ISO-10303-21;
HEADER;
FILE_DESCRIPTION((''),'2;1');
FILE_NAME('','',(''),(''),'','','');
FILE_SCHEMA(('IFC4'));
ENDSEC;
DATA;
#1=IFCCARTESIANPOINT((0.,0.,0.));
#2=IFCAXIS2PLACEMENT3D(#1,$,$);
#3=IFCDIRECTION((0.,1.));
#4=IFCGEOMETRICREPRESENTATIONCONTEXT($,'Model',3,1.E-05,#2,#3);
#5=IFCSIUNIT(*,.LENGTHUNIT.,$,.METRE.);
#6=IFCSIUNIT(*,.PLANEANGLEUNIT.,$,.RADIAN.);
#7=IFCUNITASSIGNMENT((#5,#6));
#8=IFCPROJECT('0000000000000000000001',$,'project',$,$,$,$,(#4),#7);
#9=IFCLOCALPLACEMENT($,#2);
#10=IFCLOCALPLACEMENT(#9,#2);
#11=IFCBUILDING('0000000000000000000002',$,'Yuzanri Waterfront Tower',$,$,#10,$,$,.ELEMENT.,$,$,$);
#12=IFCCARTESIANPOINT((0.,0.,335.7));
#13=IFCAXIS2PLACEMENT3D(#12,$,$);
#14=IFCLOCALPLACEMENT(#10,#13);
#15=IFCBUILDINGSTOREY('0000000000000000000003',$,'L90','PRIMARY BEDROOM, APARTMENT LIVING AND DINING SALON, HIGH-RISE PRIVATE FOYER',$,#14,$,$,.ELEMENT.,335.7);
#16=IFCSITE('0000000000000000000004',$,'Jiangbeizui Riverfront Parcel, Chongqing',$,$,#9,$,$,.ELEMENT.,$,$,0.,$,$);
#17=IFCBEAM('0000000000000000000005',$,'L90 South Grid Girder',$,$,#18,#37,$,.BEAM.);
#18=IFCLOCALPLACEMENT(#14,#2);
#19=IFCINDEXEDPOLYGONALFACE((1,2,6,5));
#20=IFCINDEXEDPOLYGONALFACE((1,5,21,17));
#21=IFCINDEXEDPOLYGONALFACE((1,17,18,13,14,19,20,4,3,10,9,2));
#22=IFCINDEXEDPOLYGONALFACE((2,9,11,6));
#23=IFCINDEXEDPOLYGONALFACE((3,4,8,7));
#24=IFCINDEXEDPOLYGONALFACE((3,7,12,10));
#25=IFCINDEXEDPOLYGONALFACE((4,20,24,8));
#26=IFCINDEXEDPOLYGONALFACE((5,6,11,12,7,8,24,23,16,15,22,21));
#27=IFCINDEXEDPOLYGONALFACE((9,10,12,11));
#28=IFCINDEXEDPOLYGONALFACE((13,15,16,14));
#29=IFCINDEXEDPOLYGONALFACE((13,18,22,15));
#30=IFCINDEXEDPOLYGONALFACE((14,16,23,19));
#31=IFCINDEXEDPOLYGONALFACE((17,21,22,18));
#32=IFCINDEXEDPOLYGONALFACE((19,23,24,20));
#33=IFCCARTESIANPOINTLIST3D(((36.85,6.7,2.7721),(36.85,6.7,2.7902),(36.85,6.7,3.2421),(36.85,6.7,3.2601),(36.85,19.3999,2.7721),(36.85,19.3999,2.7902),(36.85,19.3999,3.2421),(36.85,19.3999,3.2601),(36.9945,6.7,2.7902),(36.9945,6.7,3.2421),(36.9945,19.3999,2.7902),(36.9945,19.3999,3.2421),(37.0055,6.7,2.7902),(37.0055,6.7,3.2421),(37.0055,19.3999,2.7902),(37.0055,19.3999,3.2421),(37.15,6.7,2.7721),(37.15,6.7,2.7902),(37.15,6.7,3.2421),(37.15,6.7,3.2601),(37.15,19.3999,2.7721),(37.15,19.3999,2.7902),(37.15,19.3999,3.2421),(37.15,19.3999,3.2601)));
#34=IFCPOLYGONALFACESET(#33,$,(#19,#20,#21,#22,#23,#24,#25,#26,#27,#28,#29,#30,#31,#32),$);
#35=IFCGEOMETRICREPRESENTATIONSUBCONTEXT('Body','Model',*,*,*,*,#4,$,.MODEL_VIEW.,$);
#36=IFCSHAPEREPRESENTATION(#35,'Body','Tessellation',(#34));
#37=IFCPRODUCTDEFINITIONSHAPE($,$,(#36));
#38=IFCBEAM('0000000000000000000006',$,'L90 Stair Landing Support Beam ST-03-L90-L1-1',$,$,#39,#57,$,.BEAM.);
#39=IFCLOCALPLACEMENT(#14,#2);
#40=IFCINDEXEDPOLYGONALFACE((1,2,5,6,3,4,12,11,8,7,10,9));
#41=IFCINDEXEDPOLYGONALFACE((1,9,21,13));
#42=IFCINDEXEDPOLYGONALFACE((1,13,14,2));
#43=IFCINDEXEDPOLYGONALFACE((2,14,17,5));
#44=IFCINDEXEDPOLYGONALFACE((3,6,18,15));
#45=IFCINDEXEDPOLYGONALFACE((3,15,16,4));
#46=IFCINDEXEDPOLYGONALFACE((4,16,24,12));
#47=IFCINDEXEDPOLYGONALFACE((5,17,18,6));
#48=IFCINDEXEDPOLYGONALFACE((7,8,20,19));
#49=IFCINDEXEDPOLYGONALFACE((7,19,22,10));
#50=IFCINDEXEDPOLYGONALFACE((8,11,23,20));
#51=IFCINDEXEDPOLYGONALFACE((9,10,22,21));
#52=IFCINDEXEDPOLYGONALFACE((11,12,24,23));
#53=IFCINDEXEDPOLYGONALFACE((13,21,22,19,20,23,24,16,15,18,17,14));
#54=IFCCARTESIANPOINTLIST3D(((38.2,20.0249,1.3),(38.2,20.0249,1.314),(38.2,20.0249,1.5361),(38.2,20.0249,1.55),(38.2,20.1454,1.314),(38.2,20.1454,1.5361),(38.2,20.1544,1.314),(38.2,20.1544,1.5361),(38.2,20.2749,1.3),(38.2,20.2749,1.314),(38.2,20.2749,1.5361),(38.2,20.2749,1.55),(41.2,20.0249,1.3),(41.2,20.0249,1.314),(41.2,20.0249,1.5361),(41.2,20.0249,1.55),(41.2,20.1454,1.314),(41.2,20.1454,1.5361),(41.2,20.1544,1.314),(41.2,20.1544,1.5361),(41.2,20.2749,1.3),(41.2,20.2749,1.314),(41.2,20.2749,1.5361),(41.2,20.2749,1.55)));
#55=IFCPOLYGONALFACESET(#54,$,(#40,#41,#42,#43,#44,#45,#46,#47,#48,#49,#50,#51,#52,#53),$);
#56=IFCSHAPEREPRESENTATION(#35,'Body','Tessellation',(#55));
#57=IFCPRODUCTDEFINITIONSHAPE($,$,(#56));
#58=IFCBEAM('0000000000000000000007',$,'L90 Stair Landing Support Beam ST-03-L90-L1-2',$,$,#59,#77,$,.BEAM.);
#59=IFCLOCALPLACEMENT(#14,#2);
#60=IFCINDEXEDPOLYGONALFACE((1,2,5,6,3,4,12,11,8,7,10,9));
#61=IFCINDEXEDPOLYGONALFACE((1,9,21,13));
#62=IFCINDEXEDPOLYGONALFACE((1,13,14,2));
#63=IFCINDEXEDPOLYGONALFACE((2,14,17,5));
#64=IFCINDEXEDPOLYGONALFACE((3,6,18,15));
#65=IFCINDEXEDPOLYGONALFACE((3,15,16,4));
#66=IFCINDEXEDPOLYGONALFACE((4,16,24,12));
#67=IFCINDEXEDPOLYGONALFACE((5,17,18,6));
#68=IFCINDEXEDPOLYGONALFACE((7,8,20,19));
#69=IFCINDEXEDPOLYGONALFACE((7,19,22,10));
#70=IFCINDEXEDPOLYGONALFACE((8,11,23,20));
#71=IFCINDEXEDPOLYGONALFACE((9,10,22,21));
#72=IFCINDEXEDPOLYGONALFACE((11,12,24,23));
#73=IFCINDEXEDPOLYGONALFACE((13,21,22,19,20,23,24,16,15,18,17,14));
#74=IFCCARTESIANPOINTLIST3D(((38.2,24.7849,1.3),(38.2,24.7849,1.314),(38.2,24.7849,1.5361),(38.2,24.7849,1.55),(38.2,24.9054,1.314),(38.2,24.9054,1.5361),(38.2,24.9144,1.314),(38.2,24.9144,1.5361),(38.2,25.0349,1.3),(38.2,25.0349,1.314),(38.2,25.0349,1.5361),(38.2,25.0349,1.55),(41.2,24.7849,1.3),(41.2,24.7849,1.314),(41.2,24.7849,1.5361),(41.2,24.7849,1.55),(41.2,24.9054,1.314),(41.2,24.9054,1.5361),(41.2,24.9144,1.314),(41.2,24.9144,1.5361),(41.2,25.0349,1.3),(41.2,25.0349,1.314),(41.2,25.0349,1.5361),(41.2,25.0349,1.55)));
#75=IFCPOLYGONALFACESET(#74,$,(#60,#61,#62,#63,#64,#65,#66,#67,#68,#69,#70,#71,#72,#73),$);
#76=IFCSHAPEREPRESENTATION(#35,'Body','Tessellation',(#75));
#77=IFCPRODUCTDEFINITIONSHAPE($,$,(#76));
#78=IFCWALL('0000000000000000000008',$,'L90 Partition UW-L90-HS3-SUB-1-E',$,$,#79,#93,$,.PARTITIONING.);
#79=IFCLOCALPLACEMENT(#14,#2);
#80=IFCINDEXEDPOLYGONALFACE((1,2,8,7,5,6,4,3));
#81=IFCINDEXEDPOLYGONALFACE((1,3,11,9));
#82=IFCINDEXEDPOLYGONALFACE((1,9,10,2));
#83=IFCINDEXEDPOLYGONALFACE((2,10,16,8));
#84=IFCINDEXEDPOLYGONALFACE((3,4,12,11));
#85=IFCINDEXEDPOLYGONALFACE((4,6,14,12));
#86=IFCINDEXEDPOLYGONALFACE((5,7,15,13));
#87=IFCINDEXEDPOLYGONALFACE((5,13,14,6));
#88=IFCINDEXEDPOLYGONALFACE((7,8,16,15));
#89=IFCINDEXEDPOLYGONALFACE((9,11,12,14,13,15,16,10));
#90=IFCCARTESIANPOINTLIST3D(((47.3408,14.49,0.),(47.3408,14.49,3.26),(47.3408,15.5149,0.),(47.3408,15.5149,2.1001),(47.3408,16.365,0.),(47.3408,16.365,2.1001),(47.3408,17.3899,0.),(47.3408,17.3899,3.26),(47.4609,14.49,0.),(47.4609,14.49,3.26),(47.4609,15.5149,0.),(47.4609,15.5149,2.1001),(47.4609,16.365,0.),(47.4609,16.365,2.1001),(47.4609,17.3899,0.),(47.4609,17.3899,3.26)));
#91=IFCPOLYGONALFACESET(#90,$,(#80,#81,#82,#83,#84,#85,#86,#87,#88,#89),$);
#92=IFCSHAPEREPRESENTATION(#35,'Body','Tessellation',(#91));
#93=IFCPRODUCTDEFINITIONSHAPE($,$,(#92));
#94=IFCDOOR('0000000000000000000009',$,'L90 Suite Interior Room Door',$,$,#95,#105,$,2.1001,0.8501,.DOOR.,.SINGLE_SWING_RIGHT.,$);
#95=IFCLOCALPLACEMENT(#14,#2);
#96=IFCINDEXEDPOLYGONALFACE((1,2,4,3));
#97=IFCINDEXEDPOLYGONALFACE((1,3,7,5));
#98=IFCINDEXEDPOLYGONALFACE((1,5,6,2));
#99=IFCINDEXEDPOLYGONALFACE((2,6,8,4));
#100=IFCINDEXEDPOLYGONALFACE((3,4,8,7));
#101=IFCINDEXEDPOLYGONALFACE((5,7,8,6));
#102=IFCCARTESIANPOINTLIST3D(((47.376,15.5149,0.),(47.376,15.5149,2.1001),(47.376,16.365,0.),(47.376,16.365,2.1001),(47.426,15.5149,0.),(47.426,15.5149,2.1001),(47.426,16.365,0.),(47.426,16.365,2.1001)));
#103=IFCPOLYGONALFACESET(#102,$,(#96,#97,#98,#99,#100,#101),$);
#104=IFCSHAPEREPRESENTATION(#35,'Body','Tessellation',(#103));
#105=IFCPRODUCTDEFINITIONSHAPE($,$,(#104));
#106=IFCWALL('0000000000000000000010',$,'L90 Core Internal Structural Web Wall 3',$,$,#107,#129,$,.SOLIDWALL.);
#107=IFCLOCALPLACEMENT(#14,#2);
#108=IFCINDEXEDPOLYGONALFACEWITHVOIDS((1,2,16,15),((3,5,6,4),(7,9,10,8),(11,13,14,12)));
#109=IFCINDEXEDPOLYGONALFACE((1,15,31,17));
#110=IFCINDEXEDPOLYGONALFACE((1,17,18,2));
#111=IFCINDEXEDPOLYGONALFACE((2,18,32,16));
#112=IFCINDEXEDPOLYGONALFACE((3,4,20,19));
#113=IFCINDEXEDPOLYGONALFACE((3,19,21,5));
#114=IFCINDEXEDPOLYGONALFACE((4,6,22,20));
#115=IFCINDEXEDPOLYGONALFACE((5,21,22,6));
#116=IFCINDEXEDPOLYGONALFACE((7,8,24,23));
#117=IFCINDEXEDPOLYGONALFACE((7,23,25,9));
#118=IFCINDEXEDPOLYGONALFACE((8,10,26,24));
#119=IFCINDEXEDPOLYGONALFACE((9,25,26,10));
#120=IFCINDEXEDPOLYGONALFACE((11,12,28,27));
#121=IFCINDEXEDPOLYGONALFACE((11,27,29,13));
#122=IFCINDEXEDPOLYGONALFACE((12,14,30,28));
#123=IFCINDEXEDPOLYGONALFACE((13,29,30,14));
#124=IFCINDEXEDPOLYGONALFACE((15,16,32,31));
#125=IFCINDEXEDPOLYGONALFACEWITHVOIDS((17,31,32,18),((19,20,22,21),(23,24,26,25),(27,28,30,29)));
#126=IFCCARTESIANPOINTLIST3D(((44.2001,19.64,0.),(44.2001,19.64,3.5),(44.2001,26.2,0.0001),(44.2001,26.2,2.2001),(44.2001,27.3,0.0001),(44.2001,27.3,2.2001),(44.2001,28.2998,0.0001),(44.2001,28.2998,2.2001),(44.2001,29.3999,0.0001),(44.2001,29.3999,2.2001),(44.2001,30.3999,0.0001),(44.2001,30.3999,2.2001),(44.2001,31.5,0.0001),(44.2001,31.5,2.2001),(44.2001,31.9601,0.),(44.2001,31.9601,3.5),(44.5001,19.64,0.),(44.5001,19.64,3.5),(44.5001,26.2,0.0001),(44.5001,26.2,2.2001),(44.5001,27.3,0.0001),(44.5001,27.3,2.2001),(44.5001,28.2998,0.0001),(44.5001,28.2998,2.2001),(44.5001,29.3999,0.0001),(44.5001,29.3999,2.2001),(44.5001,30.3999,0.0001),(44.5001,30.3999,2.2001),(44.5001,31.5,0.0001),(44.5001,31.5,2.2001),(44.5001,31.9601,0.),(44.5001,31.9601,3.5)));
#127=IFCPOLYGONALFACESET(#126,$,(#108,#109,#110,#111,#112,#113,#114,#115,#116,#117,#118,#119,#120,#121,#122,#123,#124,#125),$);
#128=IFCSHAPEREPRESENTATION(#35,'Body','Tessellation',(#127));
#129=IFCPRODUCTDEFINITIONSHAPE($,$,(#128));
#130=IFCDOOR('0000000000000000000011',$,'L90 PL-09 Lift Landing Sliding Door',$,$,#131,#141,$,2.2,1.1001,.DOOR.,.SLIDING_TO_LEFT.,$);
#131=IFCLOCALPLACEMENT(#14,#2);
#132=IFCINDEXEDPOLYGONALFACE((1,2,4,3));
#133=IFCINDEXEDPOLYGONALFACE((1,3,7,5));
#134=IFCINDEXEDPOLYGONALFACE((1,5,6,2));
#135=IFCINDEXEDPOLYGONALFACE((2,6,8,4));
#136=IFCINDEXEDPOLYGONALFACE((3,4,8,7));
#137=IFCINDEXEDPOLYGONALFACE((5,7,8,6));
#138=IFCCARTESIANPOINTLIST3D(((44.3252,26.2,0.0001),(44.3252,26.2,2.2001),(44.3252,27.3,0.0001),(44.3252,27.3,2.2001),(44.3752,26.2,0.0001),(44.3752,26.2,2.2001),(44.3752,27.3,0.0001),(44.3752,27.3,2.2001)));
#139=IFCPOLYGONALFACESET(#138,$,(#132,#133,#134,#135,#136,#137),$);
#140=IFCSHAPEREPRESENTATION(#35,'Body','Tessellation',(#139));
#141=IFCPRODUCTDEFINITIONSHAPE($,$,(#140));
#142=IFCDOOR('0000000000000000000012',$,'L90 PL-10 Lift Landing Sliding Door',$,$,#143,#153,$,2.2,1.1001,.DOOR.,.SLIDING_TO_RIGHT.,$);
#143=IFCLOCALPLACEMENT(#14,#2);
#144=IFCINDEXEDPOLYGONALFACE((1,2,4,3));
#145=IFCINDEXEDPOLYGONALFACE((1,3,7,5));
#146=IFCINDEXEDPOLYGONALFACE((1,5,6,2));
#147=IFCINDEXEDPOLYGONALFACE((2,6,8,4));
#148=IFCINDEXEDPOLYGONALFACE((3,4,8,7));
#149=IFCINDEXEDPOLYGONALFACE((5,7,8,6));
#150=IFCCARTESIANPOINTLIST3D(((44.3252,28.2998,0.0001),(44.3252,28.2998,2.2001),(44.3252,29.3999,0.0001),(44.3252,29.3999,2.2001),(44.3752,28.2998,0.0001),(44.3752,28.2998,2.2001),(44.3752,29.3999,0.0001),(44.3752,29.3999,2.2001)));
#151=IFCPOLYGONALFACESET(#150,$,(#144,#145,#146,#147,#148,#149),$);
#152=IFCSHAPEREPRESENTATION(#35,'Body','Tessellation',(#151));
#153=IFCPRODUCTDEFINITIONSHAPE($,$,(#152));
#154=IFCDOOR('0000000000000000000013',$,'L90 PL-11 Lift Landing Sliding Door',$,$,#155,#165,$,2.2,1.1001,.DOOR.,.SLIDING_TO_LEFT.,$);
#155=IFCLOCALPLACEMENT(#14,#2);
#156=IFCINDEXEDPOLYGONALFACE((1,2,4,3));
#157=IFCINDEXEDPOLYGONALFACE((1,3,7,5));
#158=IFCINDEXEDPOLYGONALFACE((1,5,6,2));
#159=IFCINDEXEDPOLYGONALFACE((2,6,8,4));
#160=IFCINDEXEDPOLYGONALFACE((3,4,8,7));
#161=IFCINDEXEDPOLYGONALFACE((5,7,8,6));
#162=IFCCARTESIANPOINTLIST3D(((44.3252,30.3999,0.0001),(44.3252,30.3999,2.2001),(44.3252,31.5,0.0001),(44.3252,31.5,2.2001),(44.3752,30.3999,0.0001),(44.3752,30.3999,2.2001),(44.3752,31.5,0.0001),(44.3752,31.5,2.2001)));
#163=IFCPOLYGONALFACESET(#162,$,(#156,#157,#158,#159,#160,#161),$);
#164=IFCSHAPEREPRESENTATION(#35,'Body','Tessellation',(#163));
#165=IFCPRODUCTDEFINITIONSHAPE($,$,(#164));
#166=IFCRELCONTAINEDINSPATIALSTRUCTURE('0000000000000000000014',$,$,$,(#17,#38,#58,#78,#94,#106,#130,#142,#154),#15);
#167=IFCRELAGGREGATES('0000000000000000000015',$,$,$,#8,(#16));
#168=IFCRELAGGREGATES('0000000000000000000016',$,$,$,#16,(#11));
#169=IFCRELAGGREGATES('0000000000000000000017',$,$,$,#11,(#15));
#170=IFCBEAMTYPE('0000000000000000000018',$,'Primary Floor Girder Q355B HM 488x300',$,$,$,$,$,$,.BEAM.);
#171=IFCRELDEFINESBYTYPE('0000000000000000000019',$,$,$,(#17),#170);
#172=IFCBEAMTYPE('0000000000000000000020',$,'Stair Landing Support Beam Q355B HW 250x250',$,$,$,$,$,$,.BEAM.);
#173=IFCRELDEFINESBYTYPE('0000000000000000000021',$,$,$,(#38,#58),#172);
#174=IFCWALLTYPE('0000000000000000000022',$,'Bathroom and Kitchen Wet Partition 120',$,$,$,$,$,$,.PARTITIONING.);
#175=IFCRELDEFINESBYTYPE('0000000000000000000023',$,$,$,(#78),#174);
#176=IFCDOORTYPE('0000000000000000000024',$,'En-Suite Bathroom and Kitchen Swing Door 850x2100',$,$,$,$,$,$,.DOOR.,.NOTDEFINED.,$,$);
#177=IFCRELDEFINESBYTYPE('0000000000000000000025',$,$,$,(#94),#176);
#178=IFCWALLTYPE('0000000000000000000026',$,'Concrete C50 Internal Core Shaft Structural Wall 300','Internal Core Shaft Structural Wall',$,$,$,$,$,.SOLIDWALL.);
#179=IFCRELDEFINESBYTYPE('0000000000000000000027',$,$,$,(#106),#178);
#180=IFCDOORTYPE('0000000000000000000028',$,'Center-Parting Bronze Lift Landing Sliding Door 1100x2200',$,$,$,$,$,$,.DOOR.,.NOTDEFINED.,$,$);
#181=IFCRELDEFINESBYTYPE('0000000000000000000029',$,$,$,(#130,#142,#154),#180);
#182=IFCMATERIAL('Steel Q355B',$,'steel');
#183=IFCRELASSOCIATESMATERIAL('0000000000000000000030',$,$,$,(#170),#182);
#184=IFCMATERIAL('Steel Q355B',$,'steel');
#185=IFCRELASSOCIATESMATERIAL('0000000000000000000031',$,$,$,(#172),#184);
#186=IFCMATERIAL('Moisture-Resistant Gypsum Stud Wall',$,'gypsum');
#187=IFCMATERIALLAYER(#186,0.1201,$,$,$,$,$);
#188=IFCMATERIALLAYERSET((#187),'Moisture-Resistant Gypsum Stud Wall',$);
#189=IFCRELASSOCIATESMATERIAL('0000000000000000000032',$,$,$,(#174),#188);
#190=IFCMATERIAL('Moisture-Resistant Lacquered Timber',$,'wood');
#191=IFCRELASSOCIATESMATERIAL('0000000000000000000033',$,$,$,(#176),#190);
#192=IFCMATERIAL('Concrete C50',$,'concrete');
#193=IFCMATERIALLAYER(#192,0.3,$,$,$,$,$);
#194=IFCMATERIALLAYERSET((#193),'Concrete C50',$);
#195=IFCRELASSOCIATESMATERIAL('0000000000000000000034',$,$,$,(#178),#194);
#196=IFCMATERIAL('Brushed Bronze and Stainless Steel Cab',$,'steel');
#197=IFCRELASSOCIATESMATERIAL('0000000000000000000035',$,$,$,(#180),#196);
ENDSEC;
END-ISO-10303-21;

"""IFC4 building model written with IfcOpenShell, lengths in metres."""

from ifc_helpers import new_model, si_unit, direction, frame, frame_2d, origin, origin_2d, place, context, subcontext, project, spatial, rectangle, i_section, extrude, source, transform, mapped, material, layer, layer_set, material_profile, profile_set, type_object, element, fill, save


model = new_model("IFC4")

# Units and contexts
model_context = context("Model", 3, precision=1e-05, world=origin(), true_north=direction((0.0, 1.0)))
body_context = subcontext(model_context, "Body", "Model", "MODEL_VIEW")
ifc_project = project(units=[si_unit("LENGTHUNIT", "METRE"), si_unit("PLANEANGLEUNIT", "RADIAN")], contexts=[model_context])

# Site, building, storey
site_placement = place(None, origin())
site = spatial("IfcSite", under=ifc_project, at=site_placement, Name="Jiangbeizui Riverfront Parcel, Chongqing", CompositionType="ELEMENT", RefElevation=0.0)
building_placement = place(site_placement, origin())
building = spatial("IfcBuilding", under=site, at=building_placement, Name="Yuzanri Waterfront Tower", CompositionType="ELEMENT")
storey_placement = place(building_placement, frame((0.0, 0.0, 335.7)))
storey = spatial("IfcBuildingStorey", under=building, at=storey_placement, Name="L90", Description="PRIMARY BEDROOM, APARTMENT LIVING AND DINING SALON, HIGH-RISE PRIVATE FOYER", CompositionType="ELEMENT", Elevation=335.7)

# Beams
ifc_material_1 = material(Name="Steel Q355B", Category="steel")
ifc_material_profile_1 = material_profile(ifc_material_1, i_section(OverallWidth=0.3, OverallDepth=0.488, WebThickness=0.011, FlangeThickness=0.0181, at=origin_2d()), Name="HM 488x300x11x18")
ifc_profile_set_1 = profile_set([ifc_material_profile_1], Name="Steel Q355B")
beam_type_1 = type_object("IfcBeamType", Name="Primary Floor Girder Q355B HM 488x300", PredefinedType="BEAM", material=ifc_profile_set_1)
shared_shape_1 = source(origin(), body_context, "Body", "SweptSolid", [
    extrude(i_section(OverallWidth=0.3, OverallDepth=0.488, WebThickness=0.011, FlangeThickness=0.0181, at=origin_2d()), origin(), (0.0, 0.0, 1.0), 12.7),
])
beam_placement = place(storey_placement, frame((37.0, 19.3999, 3.0161), z_axis=(0.0, -1.0, 0.0), x_axis=(1.0, 0.0, 0.0)))
element("IfcBeam", 1, at=beam_placement, inside=storey, type_object=beam_type_1, Name="L90 South Grid Girder", PredefinedType="BEAM", context=body_context, shape_type="MappedRepresentation", body=[
    mapped(shared_shape_1, transform((0.0, 0.0, 0.0), scale=1.0)),
])
ifc_material_2 = material(Name="Steel Q355B", Category="steel")
ifc_material_profile_2 = material_profile(ifc_material_2, i_section(OverallWidth=0.25, OverallDepth=0.25, WebThickness=0.009, FlangeThickness=0.0139, at=origin_2d()), Name="HW 250x250x9x14")
ifc_profile_set_2 = profile_set([ifc_material_profile_2], Name="Steel Q355B")
beam_type_2 = type_object("IfcBeamType", Name="Stair Landing Support Beam Q355B HW 250x250", PredefinedType="BEAM", material=ifc_profile_set_2)
shared_shape_2 = source(origin(), body_context, "Body", "SweptSolid", [
    extrude(i_section(OverallWidth=0.25, OverallDepth=0.25, WebThickness=0.009, FlangeThickness=0.0139, at=origin_2d()), origin(), (0.0, 0.0, 1.0), 3.0),
])
for number, where, z_axis, x_axis, name in (
    (2, (38.2, 20.1499, 1.425), (1.0, 0.0, 0.0), (0.0, 1.0, 0.0), "L90 Stair Landing Support Beam ST-03-L90-L1-1"),
    (3, (38.2, 24.9099, 1.425), (1.0, 0.0, 0.0), (0.0, 1.0, 0.0), "L90 Stair Landing Support Beam ST-03-L90-L1-2"),
):
    element("IfcBeam", number, at=place(storey_placement, frame(where, z_axis=z_axis, x_axis=x_axis)), inside=storey, type_object=beam_type_2, Name=name, PredefinedType="BEAM", context=body_context, shape_type="MappedRepresentation", body=[
        mapped(shared_shape_2, transform((0.0, 0.0, 0.0), scale=1.0)),
    ])

# Wall, opening, door
ifc_material_3 = material(Name="Moisture-Resistant Gypsum Stud Wall", Category="gypsum")
ifc_layer_1 = layer(ifc_material_3, 0.1201)
ifc_layer_set_1 = layer_set([ifc_layer_1], Name="Moisture-Resistant Gypsum Stud Wall")
wall_type_1 = type_object("IfcWallType", Name="Bathroom and Kitchen Wet Partition 120", PredefinedType="PARTITIONING", material=ifc_layer_set_1)
wall_1_placement = place(storey_placement, frame((47.4009, 14.49, 0.0), z_axis=(0.0, 0.0, 1.0), x_axis=(0.0, 1.0, 0.0)))
wall_1 = element("IfcWall", 4, at=wall_1_placement, inside=storey, type_object=wall_type_1, Name="L90 Partition UW-L90-HS3-SUB-1-E", PredefinedType="PARTITIONING", context=body_context, shape_type="SweptSolid", body=[
    extrude(rectangle(XDim=2.8999, YDim=0.1201, at=frame_2d((1.45, 0.0))), origin(), (0.0, 0.0, 1.0), 3.26),
])
opening_1_placement = place(wall_1_placement, frame((1.0249, 0.0, 0.0)))
opening_1 = element("IfcOpeningElement", 5, at=opening_1_placement, cuts=wall_1, PredefinedType="OPENING", context=body_context, shape_type="SweptSolid", body=[
    extrude(rectangle(XDim=0.8501, YDim=2.1001, at=frame_2d((0.425, 1.05))), frame((0.0, 0.075, 0.0), z_axis=(0.0, -1.0, 0.0), x_axis=(1.0, 0.0, 0.0)), (0.0, 0.0, 1.0), 0.1499),
])
ifc_material_4 = material(Name="Moisture-Resistant Lacquered Timber", Category="wood")
door_type_1 = type_object("IfcDoorType", Name="En-Suite Bathroom and Kitchen Swing Door 850x2100", OperationType="NOTDEFINED", PredefinedType="DOOR", material=ifc_material_4)
shared_shape_3 = source(origin(), body_context, "Body", "SweptSolid", [
    extrude(rectangle(XDim=0.8501, YDim=2.1001, at=frame_2d((0.425, 1.05))), frame((0.0, 0.0249, 0.0), z_axis=(0.0, -1.0, 0.0), x_axis=(1.0, 0.0, 0.0)), (0.0, 0.0, 1.0), 0.05),
])
door_1_placement = place(opening_1_placement, origin())
door_1 = element("IfcDoor", 6, at=door_1_placement, inside=storey, type_object=door_type_1, Name="L90 Suite Interior Room Door", OperationType="SINGLE_SWING_RIGHT", OverallHeight=2.1001, OverallWidth=0.8501, PredefinedType="DOOR", context=body_context, shape_type="MappedRepresentation", body=[
    mapped(shared_shape_3, transform((0.0, 0.0, 0.0), scale=1.0)),
])
fill(opening_1, door_1)

# Wall, openings, doors
ifc_material_5 = material(Name="Concrete C50", Category="concrete")
ifc_layer_2 = layer(ifc_material_5, 0.3)
ifc_layer_set_2 = layer_set([ifc_layer_2], Name="Concrete C50")
wall_type_2 = type_object("IfcWallType", Name="Concrete C50 Internal Core Shaft Structural Wall 300", Description="Internal Core Shaft Structural Wall", PredefinedType="SOLIDWALL", material=ifc_layer_set_2)
wall_2_placement = place(storey_placement, frame((44.3501, 19.6399, 0.0), z_axis=(0.0, 0.0, 1.0), x_axis=(0.0, 1.0, 0.0)))
wall_2 = element("IfcWall", 7, at=wall_2_placement, inside=storey, type_object=wall_type_2, Name="L90 Core Internal Structural Web Wall 3", PredefinedType="SOLIDWALL", context=body_context, shape_type="SweptSolid", body=[
    extrude(rectangle(XDim=12.3201, YDim=0.3, at=frame_2d((6.1602, 0.0))), origin(), (0.0, 0.0, 1.0), 3.5),
])
opening_2_placement = place(wall_2_placement, frame((6.5601, 0.0, 0.0)))
opening_2 = element("IfcOpeningElement", 8, at=opening_2_placement, cuts=wall_2, PredefinedType="OPENING", context=body_context, shape_type="SweptSolid", body=[
    extrude(rectangle(XDim=1.1001, YDim=2.2, at=frame_2d((0.55, 1.1001))), frame((0.0, 0.165, 0.0), z_axis=(0.0, -1.0, 0.0), x_axis=(1.0, 0.0, 0.0)), (0.0, 0.0, 1.0), 0.3298),
])
opening_3_placement = place(wall_2_placement, frame((8.6599, 0.0, 0.0)))
opening_3 = element("IfcOpeningElement", 9, at=opening_3_placement, cuts=wall_2, PredefinedType="OPENING", context=body_context, shape_type="SweptSolid", body=[
    extrude(rectangle(XDim=1.1001, YDim=2.2, at=frame_2d((0.55, 1.1001))), frame((0.0, 0.165, 0.0), z_axis=(0.0, -1.0, 0.0), x_axis=(1.0, 0.0, 0.0)), (0.0, 0.0, 1.0), 0.3298),
])
opening_4_placement = place(wall_2_placement, frame((10.76, 0.0, 0.0)))
opening_4 = element("IfcOpeningElement", 10, at=opening_4_placement, cuts=wall_2, PredefinedType="OPENING", context=body_context, shape_type="SweptSolid", body=[
    extrude(rectangle(XDim=1.1001, YDim=2.2, at=frame_2d((0.55, 1.1001))), frame((0.0, 0.165, 0.0), z_axis=(0.0, -1.0, 0.0), x_axis=(1.0, 0.0, 0.0)), (0.0, 0.0, 1.0), 0.3298),
])
ifc_material_6 = material(Name="Brushed Bronze and Stainless Steel Cab", Category="steel")
door_type_2 = type_object("IfcDoorType", Name="Center-Parting Bronze Lift Landing Sliding Door 1100x2200", OperationType="NOTDEFINED", PredefinedType="DOOR", material=ifc_material_6)
shared_shape_4 = source(origin(), body_context, "Body", "SweptSolid", [
    extrude(rectangle(XDim=1.1001, YDim=2.2, at=frame_2d((0.55, 1.1001))), frame((0.0, 0.0249, 0.0), z_axis=(0.0, -1.0, 0.0), x_axis=(1.0, 0.0, 0.0)), (0.0, 0.0, 1.0), 0.05),
])
door_2_placement = place(opening_2_placement, origin())
door_2 = element("IfcDoor", 11, at=door_2_placement, inside=storey, type_object=door_type_2, Name="L90 PL-09 Lift Landing Sliding Door", OperationType="SLIDING_TO_LEFT", OverallHeight=2.2, OverallWidth=1.1001, PredefinedType="DOOR", context=body_context, shape_type="MappedRepresentation", body=[
    mapped(shared_shape_4, transform((0.0, 0.0, 0.0), scale=1.0)),
])
fill(opening_2, door_2)
door_3_placement = place(opening_3_placement, origin())
door_3 = element("IfcDoor", 12, at=door_3_placement, inside=storey, type_object=door_type_2, Name="L90 PL-10 Lift Landing Sliding Door", OperationType="SLIDING_TO_RIGHT", OverallHeight=2.2, OverallWidth=1.1001, PredefinedType="DOOR", context=body_context, shape_type="MappedRepresentation", body=[
    mapped(shared_shape_4, transform((0.0, 0.0, 0.0), scale=1.0)),
])
fill(opening_3, door_3)
door_4_placement = place(opening_4_placement, origin())
door_4 = element("IfcDoor", 13, at=door_4_placement, inside=storey, type_object=door_type_2, Name="L90 PL-11 Lift Landing Sliding Door", OperationType="SLIDING_TO_LEFT", OverallHeight=2.2, OverallWidth=1.1001, PredefinedType="DOOR", context=body_context, shape_type="MappedRepresentation", body=[
    mapped(shared_shape_4, transform((0.0, 0.0, 0.0), scale=1.0)),
])
fill(opening_4, door_4)

save(model, "model.ifc")
